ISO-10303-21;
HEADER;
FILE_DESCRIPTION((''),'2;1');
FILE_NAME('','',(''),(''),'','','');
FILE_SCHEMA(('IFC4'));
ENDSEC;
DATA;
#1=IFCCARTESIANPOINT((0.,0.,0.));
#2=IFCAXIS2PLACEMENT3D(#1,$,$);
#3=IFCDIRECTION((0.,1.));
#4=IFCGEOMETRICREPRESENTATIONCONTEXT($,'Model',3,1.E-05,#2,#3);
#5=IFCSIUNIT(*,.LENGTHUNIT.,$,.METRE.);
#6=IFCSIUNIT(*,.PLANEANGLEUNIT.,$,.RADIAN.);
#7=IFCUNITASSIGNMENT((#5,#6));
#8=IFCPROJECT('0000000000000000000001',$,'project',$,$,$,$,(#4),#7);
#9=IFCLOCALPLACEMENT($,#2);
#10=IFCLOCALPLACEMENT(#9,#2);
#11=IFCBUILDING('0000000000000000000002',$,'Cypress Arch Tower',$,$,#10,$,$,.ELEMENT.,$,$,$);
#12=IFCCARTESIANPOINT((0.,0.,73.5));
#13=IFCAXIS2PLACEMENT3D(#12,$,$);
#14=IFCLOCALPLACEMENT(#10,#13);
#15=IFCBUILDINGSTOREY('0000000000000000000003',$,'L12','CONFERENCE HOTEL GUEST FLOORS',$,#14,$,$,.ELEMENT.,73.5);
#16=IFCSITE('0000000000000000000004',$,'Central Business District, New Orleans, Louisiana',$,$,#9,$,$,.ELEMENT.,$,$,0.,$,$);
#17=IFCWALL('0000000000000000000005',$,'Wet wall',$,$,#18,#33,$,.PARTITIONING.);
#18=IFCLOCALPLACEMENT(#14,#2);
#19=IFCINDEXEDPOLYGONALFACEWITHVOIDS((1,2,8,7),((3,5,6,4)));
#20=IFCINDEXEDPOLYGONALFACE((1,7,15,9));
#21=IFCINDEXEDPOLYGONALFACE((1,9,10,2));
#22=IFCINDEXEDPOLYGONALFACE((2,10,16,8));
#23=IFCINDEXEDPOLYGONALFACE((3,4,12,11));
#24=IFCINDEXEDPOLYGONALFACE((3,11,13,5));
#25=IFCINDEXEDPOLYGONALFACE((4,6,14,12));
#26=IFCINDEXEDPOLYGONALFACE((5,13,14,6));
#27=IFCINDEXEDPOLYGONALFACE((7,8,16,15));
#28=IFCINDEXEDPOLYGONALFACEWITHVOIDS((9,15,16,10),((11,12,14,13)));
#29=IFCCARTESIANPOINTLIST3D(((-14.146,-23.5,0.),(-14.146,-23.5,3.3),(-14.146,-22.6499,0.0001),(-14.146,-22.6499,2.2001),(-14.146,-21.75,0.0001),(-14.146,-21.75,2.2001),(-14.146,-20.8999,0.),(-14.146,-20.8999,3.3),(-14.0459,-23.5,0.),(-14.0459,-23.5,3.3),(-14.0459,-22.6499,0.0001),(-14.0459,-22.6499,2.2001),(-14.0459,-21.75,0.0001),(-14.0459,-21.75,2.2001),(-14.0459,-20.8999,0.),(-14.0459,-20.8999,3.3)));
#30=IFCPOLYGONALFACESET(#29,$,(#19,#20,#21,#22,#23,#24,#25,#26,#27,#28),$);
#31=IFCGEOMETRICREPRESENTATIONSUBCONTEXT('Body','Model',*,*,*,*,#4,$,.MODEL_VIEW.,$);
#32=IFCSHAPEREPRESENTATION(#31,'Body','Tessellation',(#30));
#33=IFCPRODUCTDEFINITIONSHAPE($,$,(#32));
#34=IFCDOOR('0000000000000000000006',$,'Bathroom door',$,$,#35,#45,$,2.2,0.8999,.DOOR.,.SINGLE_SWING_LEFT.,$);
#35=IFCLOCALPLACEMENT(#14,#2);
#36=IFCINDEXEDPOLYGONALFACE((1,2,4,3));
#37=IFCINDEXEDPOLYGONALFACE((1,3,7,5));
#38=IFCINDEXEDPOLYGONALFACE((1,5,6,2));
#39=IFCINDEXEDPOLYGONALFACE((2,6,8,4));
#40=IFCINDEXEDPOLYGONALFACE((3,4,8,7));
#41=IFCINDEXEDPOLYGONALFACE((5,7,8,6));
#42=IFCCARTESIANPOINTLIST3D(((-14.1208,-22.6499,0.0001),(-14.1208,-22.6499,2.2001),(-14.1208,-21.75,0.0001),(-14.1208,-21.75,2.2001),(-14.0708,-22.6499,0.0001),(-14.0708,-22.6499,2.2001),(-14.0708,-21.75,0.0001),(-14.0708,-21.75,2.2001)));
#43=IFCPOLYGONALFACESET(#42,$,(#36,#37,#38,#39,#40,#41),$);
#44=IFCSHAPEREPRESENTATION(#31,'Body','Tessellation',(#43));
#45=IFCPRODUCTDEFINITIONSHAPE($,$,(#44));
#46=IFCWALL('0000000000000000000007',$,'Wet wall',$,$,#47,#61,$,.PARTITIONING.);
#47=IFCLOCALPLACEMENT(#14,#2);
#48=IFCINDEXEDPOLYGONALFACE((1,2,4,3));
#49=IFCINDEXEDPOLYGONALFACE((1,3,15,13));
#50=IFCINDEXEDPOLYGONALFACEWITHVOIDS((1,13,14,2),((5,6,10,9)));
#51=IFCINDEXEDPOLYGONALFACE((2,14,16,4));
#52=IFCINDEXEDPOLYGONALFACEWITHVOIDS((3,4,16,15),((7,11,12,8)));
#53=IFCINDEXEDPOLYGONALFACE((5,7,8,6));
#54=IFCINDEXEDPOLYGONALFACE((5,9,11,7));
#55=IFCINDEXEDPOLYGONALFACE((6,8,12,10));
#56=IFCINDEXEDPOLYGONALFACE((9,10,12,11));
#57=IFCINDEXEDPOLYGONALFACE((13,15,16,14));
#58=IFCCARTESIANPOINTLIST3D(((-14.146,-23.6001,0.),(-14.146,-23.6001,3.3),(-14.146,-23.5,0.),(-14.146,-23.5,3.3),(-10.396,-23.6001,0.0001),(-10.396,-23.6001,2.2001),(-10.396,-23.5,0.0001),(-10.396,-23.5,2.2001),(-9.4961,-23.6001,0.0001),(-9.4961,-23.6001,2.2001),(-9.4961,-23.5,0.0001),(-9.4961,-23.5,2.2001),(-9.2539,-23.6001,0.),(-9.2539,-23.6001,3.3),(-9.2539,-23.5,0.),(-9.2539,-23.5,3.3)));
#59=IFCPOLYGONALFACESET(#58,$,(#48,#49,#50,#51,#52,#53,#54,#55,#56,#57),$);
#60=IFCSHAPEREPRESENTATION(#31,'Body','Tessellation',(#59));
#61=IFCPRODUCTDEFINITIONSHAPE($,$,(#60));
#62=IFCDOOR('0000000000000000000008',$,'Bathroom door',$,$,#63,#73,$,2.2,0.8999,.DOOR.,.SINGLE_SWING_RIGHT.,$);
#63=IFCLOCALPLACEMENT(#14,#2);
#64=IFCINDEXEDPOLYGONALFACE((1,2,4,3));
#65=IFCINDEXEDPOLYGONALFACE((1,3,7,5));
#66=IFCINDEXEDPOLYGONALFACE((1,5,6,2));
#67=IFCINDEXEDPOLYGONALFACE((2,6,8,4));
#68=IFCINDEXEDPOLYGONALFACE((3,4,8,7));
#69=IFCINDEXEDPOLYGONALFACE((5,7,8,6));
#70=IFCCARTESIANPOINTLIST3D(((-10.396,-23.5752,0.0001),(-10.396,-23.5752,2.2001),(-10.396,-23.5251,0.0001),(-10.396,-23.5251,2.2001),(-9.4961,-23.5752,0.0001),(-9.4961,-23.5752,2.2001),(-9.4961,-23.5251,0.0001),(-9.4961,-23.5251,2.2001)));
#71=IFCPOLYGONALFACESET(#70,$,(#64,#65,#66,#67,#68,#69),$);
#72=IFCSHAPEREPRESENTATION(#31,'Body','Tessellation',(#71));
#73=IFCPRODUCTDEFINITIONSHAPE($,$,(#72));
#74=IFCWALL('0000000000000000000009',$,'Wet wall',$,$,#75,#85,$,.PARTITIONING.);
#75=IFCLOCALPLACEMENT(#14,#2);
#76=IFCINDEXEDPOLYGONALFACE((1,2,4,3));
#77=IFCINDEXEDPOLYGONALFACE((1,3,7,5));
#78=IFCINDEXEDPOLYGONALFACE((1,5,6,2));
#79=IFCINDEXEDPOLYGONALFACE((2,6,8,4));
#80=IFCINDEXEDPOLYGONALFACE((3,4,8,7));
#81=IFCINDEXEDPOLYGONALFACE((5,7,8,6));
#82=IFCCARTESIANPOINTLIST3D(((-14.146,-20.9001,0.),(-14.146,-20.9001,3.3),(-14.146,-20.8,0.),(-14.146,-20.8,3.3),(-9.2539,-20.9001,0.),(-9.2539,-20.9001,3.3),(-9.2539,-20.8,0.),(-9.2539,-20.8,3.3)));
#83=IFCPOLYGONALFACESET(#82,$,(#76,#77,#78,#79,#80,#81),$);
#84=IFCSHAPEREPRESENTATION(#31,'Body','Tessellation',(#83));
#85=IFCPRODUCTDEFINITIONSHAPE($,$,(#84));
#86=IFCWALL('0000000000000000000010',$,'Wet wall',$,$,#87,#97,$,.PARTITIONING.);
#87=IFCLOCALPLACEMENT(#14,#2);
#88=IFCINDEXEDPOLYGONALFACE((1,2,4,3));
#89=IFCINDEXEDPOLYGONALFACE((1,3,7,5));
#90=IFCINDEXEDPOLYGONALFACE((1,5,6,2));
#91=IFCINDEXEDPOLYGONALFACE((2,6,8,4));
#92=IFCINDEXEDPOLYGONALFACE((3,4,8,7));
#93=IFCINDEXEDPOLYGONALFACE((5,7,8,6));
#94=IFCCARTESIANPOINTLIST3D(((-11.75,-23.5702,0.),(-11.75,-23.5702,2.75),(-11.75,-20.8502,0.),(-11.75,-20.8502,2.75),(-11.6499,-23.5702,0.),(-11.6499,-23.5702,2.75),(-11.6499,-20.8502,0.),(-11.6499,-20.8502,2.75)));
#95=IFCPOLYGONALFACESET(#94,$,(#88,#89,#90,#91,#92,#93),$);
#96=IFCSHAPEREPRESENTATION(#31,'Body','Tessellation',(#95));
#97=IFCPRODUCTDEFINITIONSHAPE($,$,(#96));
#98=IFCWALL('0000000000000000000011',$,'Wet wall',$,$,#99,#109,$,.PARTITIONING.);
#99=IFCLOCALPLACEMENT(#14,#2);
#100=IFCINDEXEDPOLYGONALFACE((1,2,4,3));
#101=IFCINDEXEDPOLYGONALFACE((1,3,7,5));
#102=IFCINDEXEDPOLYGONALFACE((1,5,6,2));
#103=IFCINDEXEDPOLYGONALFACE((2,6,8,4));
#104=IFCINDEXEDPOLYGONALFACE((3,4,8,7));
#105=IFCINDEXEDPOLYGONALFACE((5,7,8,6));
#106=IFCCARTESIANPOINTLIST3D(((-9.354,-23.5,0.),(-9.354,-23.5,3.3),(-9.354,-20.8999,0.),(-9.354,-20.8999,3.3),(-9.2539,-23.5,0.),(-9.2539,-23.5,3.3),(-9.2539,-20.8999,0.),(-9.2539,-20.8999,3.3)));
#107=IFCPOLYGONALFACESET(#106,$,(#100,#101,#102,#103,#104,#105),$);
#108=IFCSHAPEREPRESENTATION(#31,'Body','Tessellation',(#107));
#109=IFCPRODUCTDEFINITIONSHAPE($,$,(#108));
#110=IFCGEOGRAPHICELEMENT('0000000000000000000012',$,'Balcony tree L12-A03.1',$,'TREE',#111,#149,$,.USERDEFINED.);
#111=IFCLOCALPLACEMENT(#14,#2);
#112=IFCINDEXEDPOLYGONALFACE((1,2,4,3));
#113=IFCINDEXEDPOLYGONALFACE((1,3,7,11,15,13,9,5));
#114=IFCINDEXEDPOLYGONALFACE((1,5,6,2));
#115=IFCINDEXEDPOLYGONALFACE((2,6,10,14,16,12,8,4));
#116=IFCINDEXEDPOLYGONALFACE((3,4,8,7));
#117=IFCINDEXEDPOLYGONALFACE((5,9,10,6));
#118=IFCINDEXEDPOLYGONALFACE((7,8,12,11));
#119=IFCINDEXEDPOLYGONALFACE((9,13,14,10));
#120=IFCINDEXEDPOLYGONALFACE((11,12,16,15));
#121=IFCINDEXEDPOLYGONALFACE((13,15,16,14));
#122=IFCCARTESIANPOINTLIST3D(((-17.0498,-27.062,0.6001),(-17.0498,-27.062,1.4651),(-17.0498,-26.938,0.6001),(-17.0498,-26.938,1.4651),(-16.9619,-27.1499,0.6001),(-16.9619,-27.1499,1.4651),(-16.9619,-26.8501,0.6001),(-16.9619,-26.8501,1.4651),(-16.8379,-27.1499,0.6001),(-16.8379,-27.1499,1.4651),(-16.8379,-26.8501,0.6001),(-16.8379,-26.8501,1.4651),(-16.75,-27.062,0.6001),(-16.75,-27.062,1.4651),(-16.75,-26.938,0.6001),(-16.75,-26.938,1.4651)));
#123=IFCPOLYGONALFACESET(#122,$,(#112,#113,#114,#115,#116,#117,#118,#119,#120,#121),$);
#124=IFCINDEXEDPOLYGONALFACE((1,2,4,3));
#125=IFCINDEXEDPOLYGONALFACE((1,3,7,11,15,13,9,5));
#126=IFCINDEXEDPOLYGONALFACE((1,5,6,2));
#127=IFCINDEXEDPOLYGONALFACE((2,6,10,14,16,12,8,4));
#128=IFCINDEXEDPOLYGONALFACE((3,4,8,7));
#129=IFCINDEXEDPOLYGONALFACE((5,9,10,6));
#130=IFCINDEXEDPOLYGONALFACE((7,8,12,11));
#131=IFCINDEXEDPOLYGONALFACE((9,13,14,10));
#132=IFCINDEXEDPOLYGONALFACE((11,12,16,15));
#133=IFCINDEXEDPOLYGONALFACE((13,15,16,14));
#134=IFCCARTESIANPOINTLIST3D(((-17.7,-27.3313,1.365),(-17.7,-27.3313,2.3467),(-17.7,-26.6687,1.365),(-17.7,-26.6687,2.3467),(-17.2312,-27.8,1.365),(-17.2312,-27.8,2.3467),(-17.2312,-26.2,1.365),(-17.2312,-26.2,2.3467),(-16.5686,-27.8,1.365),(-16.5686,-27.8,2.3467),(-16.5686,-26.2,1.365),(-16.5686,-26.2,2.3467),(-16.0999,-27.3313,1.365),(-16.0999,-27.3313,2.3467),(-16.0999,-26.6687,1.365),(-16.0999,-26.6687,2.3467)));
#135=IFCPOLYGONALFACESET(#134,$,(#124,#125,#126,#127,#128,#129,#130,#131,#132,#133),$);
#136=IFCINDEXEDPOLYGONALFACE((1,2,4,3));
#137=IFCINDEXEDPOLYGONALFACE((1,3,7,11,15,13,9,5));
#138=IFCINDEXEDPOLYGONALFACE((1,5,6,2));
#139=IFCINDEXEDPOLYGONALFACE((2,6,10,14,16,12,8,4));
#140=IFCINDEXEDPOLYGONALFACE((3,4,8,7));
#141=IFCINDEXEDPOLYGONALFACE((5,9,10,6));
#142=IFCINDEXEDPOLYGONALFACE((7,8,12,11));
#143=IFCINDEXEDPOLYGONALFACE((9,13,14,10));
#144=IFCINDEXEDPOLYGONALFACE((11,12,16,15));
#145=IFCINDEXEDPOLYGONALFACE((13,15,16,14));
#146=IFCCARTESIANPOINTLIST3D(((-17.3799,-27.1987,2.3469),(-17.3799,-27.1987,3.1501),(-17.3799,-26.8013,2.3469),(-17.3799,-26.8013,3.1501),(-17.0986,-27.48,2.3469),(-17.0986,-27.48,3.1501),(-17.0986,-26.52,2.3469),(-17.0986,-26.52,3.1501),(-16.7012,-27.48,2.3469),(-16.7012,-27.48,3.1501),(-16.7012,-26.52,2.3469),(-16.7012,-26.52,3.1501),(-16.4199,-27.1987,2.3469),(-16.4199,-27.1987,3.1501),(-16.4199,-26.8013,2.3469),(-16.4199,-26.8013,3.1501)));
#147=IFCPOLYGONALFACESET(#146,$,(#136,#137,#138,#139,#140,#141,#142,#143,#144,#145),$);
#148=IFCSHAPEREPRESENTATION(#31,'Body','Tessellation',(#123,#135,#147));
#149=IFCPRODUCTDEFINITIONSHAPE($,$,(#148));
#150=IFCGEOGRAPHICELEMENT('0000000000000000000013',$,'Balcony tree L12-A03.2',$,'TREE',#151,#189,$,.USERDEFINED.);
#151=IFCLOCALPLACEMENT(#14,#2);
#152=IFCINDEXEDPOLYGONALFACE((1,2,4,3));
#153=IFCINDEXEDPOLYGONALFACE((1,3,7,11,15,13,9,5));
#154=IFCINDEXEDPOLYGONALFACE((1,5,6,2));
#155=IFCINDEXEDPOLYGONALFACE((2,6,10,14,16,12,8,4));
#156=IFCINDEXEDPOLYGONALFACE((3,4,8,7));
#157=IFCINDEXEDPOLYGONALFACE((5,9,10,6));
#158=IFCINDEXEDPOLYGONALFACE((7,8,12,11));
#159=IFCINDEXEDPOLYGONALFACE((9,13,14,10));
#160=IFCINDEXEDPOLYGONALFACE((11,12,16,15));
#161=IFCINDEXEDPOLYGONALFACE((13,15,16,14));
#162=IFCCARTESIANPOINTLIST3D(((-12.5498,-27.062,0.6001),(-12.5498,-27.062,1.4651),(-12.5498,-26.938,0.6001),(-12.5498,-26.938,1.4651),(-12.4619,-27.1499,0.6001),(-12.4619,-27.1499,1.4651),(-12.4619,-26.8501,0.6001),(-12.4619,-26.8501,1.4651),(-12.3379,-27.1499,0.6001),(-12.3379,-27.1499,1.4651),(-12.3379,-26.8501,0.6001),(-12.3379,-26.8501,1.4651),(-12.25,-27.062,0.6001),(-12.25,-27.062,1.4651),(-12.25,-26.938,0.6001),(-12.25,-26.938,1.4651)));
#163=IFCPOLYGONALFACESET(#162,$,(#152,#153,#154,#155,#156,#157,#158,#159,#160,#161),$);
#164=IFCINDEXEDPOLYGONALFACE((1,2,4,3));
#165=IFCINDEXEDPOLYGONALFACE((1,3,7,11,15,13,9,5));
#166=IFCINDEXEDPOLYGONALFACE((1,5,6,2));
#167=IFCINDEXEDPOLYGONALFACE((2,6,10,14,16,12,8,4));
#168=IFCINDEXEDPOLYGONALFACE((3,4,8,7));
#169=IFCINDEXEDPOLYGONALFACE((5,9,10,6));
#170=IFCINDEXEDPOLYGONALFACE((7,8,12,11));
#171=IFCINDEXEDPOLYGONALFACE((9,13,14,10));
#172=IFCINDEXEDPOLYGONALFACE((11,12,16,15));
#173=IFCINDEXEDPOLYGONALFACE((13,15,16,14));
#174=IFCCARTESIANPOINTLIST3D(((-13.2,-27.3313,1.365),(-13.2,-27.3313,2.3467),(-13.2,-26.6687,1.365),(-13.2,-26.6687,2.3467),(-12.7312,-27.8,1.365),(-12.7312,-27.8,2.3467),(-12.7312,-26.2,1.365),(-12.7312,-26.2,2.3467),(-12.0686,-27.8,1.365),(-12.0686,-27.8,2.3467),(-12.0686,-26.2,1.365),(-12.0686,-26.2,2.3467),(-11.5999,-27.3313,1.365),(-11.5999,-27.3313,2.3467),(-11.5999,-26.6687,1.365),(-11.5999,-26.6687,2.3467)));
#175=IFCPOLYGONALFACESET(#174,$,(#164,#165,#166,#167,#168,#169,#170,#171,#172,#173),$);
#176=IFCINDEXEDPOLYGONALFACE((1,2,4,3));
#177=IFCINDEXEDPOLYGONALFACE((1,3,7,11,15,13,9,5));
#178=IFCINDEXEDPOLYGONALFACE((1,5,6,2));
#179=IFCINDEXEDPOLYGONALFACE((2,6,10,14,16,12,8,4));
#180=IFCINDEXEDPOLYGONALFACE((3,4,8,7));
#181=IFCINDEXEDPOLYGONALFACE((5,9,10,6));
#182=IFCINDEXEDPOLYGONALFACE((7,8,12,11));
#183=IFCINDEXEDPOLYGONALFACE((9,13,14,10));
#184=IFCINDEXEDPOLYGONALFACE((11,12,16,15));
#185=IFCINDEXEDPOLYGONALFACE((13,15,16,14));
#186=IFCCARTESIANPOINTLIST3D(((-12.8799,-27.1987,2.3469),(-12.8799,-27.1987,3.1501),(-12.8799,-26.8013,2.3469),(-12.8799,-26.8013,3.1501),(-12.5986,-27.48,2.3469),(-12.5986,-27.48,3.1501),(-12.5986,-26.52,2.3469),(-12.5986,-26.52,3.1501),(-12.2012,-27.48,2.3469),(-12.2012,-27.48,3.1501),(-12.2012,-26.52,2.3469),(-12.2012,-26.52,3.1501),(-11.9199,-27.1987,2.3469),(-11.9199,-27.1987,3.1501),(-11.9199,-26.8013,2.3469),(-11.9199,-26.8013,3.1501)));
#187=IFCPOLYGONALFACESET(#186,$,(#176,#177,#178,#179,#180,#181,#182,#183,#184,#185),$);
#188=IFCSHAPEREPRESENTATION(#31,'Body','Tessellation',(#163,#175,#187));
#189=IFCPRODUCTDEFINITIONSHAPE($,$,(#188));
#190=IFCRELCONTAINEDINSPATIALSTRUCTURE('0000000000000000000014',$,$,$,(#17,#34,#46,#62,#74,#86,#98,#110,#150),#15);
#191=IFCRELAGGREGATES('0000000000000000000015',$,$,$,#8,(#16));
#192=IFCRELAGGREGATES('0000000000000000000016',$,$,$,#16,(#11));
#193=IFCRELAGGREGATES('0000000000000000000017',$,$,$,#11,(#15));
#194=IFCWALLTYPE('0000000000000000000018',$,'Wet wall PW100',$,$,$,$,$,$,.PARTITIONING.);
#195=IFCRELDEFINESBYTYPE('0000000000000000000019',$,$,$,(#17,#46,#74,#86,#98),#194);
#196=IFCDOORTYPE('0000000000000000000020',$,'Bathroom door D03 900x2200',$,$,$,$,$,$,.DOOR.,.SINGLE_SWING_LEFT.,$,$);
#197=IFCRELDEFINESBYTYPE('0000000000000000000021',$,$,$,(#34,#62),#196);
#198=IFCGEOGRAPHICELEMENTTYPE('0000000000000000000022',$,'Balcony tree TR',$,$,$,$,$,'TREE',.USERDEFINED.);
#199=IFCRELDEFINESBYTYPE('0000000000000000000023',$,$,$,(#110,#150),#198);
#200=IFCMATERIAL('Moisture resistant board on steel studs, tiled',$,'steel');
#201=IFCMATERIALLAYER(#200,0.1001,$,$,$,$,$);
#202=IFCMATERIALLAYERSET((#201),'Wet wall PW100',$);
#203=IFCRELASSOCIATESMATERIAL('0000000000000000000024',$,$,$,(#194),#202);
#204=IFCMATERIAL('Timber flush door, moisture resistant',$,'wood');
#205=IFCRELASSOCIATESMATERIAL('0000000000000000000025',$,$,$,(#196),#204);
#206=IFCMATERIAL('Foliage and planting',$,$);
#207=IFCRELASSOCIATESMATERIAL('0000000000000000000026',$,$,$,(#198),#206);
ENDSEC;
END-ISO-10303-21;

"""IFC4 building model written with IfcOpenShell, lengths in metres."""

from ifc_helpers import new_model, si_unit, direction, frame, frame_2d, origin, place, context, subcontext, project, spatial, polyline, rectangle, outline, extrude, material, layer, layer_set, type_object, element, fill, save


model = new_model("IFC4")

# Units and contexts
model_context = context("Model", 3, precision=1e-05, world=origin(), true_north=direction((0.0, 1.0)))
body_context = subcontext(model_context, "Body", "Model", "MODEL_VIEW")
ifc_project = project(units=[si_unit("LENGTHUNIT", "METRE"), si_unit("PLANEANGLEUNIT", "RADIAN")], contexts=[model_context])

# Site, building, storey
site_placement = place(None, origin())
site = spatial("IfcSite", under=ifc_project, at=site_placement, Name="Central Business District, New Orleans, Louisiana", CompositionType="ELEMENT", RefElevation=0.0)
building_placement = place(site_placement, origin())
building = spatial("IfcBuilding", under=site, at=building_placement, Name="Cypress Arch Tower", CompositionType="ELEMENT")
storey_placement = place(building_placement, frame((0.0, 0.0, 73.5)))
storey = spatial("IfcBuildingStorey", under=building, at=storey_placement, Name="L12", Description="CONFERENCE HOTEL GUEST FLOORS", CompositionType="ELEMENT", Elevation=73.5)

# Walls, openings, doors
ifc_material_1 = material(Name="Moisture resistant board on steel studs, tiled", Category="steel")
ifc_layer_1 = layer(ifc_material_1, 0.1001)
ifc_layer_set_1 = layer_set([ifc_layer_1], Name="Wet wall PW100")
wall_type_1 = type_object("IfcWallType", Name="Wet wall PW100", PredefinedType="PARTITIONING", material=ifc_layer_set_1)
wall_1_placement = place(storey_placement, frame((-14.0959, -23.5, 0.0), z_axis=(0.0, 0.0, 1.0), x_axis=(0.0, 1.0, 0.0)))
wall_1 = element("IfcWall", 1, at=wall_1_placement, inside=storey, type_object=wall_type_1, Name="Wet wall", PredefinedType="PARTITIONING", context=body_context, shape_type="SweptSolid", body=[
    extrude(rectangle(XDim=2.6001, YDim=0.1001, at=frame_2d((1.3, 0.0))), origin(), (0.0, 0.0, 1.0), 3.3),
])
opening_1_placement = place(wall_1_placement, frame((0.8501, 0.0, 0.0)))
opening_1 = element("IfcOpeningElement", 2, at=opening_1_placement, cuts=wall_1, PredefinedType="OPENING", context=body_context, shape_type="SweptSolid", body=[
    extrude(rectangle(XDim=0.8999, YDim=2.2, at=frame_2d((0.45, 1.1001))), frame((0.0, 0.0601, 0.0), z_axis=(0.0, -1.0, 0.0), x_axis=(1.0, 0.0, 0.0)), (0.0, 0.0, 1.0), 0.1201),
])
ifc_material_2 = material(Name="Timber flush door, moisture resistant", Category="wood")
door_type_1 = type_object("IfcDoorType", Name="Bathroom door D03 900x2200", OperationType="SINGLE_SWING_LEFT", PredefinedType="DOOR", material=ifc_material_2)
door_1_placement = place(opening_1_placement, origin())
door_1 = element("IfcDoor", 3, at=door_1_placement, inside=storey, type_object=door_type_1, Name="Bathroom door", OperationType="SINGLE_SWING_LEFT", OverallHeight=2.2, OverallWidth=0.8999, PredefinedType="DOOR", context=body_context, shape_type="SweptSolid", body=[
    extrude(rectangle(XDim=0.8999, YDim=2.2, at=frame_2d((0.45, 1.1001))), frame((0.0, 0.0249, 0.0), z_axis=(0.0, -1.0, 0.0), x_axis=(1.0, 0.0, 0.0)), (0.0, 0.0, 1.0), 0.05),
])
fill(opening_1, door_1)
wall_2_placement = place(storey_placement, frame((-14.146, -23.55, 0.0), z_axis=(0.0, 0.0, 1.0), x_axis=(1.0, 0.0, 0.0)))
wall_2 = element("IfcWall", 4, at=wall_2_placement, inside=storey, type_object=wall_type_1, Name="Wet wall", PredefinedType="PARTITIONING", context=body_context, shape_type="SweptSolid", body=[
    extrude(rectangle(XDim=4.8921, YDim=0.1001, at=frame_2d((2.446, 0.0))), origin(), (0.0, 0.0, 1.0), 3.3),
])
opening_2_placement = place(wall_2_placement, frame((3.75, 0.0, 0.0)))
opening_2 = element("IfcOpeningElement", 5, at=opening_2_placement, cuts=wall_2, PredefinedType="OPENING", context=body_context, shape_type="SweptSolid", body=[
    extrude(rectangle(XDim=0.8999, YDim=2.2, at=frame_2d((0.45, 1.1001))), frame((0.0, 0.0601, 0.0), z_axis=(0.0, -1.0, 0.0), x_axis=(1.0, 0.0, 0.0)), (0.0, 0.0, 1.0), 0.1201),
])
door_2_placement = place(opening_2_placement, origin())
door_2 = element("IfcDoor", 6, at=door_2_placement, inside=storey, type_object=door_type_1, Name="Bathroom door", OperationType="SINGLE_SWING_RIGHT", OverallHeight=2.2, OverallWidth=0.8999, PredefinedType="DOOR", context=body_context, shape_type="SweptSolid", body=[
    extrude(rectangle(XDim=0.8999, YDim=2.2, at=frame_2d((0.45, 1.1001))), frame((0.0, 0.0249, 0.0), z_axis=(0.0, -1.0, 0.0), x_axis=(1.0, 0.0, 0.0)), (0.0, 0.0, 1.0), 0.05),
])
fill(opening_2, door_2)

# Walls
wall_3_placement = place(storey_placement, frame((-14.146, -20.8501, 0.0), z_axis=(0.0, 0.0, 1.0), x_axis=(1.0, 0.0, 0.0)))
element("IfcWall", 7, at=wall_3_placement, inside=storey, type_object=wall_type_1, Name="Wet wall", PredefinedType="PARTITIONING", context=body_context, shape_type="SweptSolid", body=[
    extrude(rectangle(XDim=4.8921, YDim=0.1001, at=frame_2d((2.446, 0.0))), origin(), (0.0, 0.0, 1.0), 3.3),
])
wall_4_placement = place(storey_placement, frame((-11.7, -23.5701, 0.0), z_axis=(0.0, 0.0, 1.0), x_axis=(0.0, 1.0, 0.0)))
element("IfcWall", 8, at=wall_4_placement, inside=storey, type_object=wall_type_1, Name="Wet wall", PredefinedType="PARTITIONING", context=body_context, shape_type="SweptSolid", body=[
    extrude(rectangle(XDim=2.72, YDim=0.1001, at=frame_2d((1.3599, 0.0))), origin(), (0.0, 0.0, 1.0), 2.75),
])
wall_5_placement = place(storey_placement, frame((-9.304, -23.5, 0.0), z_axis=(0.0, 0.0, 1.0), x_axis=(0.0, 1.0, 0.0)))
element("IfcWall", 9, at=wall_5_placement, inside=storey, type_object=wall_type_1, Name="Wet wall", PredefinedType="PARTITIONING", context=body_context, shape_type="SweptSolid", body=[
    extrude(rectangle(XDim=2.6001, YDim=0.1001, at=frame_2d((1.3, 0.0))), origin(), (0.0, 0.0, 1.0), 3.3),
])

# Geographic elements
ifc_material_3 = material(Name="Foliage and planting")
geographic_element_type = type_object("IfcGeographicElementType", Name="Balcony tree TR", ElementType="TREE", PredefinedType="USERDEFINED", material=ifc_material_3)
for number, where, z_axis, x_axis, name in (
    (10, (-16.8999, -27.0, 0.6001), (0.0, 0.0, 1.0), (1.0, 0.0, 0.0), "Balcony tree L12-A03.1"),
    (11, (-12.3999, -27.0, 0.6001), (0.0, 0.0, 1.0), (1.0, 0.0, 0.0), "Balcony tree L12-A03.2"),
):
    element("IfcGeographicElement", number, at=place(storey_placement, frame(where, z_axis=z_axis, x_axis=x_axis)), inside=storey, type_object=geographic_element_type, Name=name, ObjectType="TREE", PredefinedType="USERDEFINED", context=body_context, shape_type="SweptSolid", body=[
        extrude(outline(polyline([(0.1499, 0.062), (0.062, 0.1499), (-0.062, 0.1499), (-0.1499, 0.062), (-0.1499, -0.062), (-0.062, -0.1499), (0.062, -0.1499), (0.1499, -0.062), (0.1499, 0.062)])), origin(), (0.0, 0.0, 1.0), 0.865),
        extrude(outline(polyline([(0.8, 0.3313), (0.3313, 0.8), (-0.3313, 0.8), (-0.8, 0.3313), (-0.8, -0.3313), (-0.3313, -0.8), (0.3313, -0.8), (0.8, -0.3313), (0.8, 0.3313)])), frame((0.0, 0.0, 0.7649)), (0.0, 0.0, 1.0), 0.9817),
        extrude(outline(polyline([(0.48, 0.1987), (0.1987, 0.48), (-0.1987, 0.48), (-0.48, 0.1987), (-0.48, -0.1987), (-0.1987, -0.48), (0.1987, -0.48), (0.48, -0.1987), (0.48, 0.1987)])), frame((0.0, 0.0, 1.7468)), (0.0, 0.0, 1.0), 0.8032),
    ])

save(model, "model.ifc")
